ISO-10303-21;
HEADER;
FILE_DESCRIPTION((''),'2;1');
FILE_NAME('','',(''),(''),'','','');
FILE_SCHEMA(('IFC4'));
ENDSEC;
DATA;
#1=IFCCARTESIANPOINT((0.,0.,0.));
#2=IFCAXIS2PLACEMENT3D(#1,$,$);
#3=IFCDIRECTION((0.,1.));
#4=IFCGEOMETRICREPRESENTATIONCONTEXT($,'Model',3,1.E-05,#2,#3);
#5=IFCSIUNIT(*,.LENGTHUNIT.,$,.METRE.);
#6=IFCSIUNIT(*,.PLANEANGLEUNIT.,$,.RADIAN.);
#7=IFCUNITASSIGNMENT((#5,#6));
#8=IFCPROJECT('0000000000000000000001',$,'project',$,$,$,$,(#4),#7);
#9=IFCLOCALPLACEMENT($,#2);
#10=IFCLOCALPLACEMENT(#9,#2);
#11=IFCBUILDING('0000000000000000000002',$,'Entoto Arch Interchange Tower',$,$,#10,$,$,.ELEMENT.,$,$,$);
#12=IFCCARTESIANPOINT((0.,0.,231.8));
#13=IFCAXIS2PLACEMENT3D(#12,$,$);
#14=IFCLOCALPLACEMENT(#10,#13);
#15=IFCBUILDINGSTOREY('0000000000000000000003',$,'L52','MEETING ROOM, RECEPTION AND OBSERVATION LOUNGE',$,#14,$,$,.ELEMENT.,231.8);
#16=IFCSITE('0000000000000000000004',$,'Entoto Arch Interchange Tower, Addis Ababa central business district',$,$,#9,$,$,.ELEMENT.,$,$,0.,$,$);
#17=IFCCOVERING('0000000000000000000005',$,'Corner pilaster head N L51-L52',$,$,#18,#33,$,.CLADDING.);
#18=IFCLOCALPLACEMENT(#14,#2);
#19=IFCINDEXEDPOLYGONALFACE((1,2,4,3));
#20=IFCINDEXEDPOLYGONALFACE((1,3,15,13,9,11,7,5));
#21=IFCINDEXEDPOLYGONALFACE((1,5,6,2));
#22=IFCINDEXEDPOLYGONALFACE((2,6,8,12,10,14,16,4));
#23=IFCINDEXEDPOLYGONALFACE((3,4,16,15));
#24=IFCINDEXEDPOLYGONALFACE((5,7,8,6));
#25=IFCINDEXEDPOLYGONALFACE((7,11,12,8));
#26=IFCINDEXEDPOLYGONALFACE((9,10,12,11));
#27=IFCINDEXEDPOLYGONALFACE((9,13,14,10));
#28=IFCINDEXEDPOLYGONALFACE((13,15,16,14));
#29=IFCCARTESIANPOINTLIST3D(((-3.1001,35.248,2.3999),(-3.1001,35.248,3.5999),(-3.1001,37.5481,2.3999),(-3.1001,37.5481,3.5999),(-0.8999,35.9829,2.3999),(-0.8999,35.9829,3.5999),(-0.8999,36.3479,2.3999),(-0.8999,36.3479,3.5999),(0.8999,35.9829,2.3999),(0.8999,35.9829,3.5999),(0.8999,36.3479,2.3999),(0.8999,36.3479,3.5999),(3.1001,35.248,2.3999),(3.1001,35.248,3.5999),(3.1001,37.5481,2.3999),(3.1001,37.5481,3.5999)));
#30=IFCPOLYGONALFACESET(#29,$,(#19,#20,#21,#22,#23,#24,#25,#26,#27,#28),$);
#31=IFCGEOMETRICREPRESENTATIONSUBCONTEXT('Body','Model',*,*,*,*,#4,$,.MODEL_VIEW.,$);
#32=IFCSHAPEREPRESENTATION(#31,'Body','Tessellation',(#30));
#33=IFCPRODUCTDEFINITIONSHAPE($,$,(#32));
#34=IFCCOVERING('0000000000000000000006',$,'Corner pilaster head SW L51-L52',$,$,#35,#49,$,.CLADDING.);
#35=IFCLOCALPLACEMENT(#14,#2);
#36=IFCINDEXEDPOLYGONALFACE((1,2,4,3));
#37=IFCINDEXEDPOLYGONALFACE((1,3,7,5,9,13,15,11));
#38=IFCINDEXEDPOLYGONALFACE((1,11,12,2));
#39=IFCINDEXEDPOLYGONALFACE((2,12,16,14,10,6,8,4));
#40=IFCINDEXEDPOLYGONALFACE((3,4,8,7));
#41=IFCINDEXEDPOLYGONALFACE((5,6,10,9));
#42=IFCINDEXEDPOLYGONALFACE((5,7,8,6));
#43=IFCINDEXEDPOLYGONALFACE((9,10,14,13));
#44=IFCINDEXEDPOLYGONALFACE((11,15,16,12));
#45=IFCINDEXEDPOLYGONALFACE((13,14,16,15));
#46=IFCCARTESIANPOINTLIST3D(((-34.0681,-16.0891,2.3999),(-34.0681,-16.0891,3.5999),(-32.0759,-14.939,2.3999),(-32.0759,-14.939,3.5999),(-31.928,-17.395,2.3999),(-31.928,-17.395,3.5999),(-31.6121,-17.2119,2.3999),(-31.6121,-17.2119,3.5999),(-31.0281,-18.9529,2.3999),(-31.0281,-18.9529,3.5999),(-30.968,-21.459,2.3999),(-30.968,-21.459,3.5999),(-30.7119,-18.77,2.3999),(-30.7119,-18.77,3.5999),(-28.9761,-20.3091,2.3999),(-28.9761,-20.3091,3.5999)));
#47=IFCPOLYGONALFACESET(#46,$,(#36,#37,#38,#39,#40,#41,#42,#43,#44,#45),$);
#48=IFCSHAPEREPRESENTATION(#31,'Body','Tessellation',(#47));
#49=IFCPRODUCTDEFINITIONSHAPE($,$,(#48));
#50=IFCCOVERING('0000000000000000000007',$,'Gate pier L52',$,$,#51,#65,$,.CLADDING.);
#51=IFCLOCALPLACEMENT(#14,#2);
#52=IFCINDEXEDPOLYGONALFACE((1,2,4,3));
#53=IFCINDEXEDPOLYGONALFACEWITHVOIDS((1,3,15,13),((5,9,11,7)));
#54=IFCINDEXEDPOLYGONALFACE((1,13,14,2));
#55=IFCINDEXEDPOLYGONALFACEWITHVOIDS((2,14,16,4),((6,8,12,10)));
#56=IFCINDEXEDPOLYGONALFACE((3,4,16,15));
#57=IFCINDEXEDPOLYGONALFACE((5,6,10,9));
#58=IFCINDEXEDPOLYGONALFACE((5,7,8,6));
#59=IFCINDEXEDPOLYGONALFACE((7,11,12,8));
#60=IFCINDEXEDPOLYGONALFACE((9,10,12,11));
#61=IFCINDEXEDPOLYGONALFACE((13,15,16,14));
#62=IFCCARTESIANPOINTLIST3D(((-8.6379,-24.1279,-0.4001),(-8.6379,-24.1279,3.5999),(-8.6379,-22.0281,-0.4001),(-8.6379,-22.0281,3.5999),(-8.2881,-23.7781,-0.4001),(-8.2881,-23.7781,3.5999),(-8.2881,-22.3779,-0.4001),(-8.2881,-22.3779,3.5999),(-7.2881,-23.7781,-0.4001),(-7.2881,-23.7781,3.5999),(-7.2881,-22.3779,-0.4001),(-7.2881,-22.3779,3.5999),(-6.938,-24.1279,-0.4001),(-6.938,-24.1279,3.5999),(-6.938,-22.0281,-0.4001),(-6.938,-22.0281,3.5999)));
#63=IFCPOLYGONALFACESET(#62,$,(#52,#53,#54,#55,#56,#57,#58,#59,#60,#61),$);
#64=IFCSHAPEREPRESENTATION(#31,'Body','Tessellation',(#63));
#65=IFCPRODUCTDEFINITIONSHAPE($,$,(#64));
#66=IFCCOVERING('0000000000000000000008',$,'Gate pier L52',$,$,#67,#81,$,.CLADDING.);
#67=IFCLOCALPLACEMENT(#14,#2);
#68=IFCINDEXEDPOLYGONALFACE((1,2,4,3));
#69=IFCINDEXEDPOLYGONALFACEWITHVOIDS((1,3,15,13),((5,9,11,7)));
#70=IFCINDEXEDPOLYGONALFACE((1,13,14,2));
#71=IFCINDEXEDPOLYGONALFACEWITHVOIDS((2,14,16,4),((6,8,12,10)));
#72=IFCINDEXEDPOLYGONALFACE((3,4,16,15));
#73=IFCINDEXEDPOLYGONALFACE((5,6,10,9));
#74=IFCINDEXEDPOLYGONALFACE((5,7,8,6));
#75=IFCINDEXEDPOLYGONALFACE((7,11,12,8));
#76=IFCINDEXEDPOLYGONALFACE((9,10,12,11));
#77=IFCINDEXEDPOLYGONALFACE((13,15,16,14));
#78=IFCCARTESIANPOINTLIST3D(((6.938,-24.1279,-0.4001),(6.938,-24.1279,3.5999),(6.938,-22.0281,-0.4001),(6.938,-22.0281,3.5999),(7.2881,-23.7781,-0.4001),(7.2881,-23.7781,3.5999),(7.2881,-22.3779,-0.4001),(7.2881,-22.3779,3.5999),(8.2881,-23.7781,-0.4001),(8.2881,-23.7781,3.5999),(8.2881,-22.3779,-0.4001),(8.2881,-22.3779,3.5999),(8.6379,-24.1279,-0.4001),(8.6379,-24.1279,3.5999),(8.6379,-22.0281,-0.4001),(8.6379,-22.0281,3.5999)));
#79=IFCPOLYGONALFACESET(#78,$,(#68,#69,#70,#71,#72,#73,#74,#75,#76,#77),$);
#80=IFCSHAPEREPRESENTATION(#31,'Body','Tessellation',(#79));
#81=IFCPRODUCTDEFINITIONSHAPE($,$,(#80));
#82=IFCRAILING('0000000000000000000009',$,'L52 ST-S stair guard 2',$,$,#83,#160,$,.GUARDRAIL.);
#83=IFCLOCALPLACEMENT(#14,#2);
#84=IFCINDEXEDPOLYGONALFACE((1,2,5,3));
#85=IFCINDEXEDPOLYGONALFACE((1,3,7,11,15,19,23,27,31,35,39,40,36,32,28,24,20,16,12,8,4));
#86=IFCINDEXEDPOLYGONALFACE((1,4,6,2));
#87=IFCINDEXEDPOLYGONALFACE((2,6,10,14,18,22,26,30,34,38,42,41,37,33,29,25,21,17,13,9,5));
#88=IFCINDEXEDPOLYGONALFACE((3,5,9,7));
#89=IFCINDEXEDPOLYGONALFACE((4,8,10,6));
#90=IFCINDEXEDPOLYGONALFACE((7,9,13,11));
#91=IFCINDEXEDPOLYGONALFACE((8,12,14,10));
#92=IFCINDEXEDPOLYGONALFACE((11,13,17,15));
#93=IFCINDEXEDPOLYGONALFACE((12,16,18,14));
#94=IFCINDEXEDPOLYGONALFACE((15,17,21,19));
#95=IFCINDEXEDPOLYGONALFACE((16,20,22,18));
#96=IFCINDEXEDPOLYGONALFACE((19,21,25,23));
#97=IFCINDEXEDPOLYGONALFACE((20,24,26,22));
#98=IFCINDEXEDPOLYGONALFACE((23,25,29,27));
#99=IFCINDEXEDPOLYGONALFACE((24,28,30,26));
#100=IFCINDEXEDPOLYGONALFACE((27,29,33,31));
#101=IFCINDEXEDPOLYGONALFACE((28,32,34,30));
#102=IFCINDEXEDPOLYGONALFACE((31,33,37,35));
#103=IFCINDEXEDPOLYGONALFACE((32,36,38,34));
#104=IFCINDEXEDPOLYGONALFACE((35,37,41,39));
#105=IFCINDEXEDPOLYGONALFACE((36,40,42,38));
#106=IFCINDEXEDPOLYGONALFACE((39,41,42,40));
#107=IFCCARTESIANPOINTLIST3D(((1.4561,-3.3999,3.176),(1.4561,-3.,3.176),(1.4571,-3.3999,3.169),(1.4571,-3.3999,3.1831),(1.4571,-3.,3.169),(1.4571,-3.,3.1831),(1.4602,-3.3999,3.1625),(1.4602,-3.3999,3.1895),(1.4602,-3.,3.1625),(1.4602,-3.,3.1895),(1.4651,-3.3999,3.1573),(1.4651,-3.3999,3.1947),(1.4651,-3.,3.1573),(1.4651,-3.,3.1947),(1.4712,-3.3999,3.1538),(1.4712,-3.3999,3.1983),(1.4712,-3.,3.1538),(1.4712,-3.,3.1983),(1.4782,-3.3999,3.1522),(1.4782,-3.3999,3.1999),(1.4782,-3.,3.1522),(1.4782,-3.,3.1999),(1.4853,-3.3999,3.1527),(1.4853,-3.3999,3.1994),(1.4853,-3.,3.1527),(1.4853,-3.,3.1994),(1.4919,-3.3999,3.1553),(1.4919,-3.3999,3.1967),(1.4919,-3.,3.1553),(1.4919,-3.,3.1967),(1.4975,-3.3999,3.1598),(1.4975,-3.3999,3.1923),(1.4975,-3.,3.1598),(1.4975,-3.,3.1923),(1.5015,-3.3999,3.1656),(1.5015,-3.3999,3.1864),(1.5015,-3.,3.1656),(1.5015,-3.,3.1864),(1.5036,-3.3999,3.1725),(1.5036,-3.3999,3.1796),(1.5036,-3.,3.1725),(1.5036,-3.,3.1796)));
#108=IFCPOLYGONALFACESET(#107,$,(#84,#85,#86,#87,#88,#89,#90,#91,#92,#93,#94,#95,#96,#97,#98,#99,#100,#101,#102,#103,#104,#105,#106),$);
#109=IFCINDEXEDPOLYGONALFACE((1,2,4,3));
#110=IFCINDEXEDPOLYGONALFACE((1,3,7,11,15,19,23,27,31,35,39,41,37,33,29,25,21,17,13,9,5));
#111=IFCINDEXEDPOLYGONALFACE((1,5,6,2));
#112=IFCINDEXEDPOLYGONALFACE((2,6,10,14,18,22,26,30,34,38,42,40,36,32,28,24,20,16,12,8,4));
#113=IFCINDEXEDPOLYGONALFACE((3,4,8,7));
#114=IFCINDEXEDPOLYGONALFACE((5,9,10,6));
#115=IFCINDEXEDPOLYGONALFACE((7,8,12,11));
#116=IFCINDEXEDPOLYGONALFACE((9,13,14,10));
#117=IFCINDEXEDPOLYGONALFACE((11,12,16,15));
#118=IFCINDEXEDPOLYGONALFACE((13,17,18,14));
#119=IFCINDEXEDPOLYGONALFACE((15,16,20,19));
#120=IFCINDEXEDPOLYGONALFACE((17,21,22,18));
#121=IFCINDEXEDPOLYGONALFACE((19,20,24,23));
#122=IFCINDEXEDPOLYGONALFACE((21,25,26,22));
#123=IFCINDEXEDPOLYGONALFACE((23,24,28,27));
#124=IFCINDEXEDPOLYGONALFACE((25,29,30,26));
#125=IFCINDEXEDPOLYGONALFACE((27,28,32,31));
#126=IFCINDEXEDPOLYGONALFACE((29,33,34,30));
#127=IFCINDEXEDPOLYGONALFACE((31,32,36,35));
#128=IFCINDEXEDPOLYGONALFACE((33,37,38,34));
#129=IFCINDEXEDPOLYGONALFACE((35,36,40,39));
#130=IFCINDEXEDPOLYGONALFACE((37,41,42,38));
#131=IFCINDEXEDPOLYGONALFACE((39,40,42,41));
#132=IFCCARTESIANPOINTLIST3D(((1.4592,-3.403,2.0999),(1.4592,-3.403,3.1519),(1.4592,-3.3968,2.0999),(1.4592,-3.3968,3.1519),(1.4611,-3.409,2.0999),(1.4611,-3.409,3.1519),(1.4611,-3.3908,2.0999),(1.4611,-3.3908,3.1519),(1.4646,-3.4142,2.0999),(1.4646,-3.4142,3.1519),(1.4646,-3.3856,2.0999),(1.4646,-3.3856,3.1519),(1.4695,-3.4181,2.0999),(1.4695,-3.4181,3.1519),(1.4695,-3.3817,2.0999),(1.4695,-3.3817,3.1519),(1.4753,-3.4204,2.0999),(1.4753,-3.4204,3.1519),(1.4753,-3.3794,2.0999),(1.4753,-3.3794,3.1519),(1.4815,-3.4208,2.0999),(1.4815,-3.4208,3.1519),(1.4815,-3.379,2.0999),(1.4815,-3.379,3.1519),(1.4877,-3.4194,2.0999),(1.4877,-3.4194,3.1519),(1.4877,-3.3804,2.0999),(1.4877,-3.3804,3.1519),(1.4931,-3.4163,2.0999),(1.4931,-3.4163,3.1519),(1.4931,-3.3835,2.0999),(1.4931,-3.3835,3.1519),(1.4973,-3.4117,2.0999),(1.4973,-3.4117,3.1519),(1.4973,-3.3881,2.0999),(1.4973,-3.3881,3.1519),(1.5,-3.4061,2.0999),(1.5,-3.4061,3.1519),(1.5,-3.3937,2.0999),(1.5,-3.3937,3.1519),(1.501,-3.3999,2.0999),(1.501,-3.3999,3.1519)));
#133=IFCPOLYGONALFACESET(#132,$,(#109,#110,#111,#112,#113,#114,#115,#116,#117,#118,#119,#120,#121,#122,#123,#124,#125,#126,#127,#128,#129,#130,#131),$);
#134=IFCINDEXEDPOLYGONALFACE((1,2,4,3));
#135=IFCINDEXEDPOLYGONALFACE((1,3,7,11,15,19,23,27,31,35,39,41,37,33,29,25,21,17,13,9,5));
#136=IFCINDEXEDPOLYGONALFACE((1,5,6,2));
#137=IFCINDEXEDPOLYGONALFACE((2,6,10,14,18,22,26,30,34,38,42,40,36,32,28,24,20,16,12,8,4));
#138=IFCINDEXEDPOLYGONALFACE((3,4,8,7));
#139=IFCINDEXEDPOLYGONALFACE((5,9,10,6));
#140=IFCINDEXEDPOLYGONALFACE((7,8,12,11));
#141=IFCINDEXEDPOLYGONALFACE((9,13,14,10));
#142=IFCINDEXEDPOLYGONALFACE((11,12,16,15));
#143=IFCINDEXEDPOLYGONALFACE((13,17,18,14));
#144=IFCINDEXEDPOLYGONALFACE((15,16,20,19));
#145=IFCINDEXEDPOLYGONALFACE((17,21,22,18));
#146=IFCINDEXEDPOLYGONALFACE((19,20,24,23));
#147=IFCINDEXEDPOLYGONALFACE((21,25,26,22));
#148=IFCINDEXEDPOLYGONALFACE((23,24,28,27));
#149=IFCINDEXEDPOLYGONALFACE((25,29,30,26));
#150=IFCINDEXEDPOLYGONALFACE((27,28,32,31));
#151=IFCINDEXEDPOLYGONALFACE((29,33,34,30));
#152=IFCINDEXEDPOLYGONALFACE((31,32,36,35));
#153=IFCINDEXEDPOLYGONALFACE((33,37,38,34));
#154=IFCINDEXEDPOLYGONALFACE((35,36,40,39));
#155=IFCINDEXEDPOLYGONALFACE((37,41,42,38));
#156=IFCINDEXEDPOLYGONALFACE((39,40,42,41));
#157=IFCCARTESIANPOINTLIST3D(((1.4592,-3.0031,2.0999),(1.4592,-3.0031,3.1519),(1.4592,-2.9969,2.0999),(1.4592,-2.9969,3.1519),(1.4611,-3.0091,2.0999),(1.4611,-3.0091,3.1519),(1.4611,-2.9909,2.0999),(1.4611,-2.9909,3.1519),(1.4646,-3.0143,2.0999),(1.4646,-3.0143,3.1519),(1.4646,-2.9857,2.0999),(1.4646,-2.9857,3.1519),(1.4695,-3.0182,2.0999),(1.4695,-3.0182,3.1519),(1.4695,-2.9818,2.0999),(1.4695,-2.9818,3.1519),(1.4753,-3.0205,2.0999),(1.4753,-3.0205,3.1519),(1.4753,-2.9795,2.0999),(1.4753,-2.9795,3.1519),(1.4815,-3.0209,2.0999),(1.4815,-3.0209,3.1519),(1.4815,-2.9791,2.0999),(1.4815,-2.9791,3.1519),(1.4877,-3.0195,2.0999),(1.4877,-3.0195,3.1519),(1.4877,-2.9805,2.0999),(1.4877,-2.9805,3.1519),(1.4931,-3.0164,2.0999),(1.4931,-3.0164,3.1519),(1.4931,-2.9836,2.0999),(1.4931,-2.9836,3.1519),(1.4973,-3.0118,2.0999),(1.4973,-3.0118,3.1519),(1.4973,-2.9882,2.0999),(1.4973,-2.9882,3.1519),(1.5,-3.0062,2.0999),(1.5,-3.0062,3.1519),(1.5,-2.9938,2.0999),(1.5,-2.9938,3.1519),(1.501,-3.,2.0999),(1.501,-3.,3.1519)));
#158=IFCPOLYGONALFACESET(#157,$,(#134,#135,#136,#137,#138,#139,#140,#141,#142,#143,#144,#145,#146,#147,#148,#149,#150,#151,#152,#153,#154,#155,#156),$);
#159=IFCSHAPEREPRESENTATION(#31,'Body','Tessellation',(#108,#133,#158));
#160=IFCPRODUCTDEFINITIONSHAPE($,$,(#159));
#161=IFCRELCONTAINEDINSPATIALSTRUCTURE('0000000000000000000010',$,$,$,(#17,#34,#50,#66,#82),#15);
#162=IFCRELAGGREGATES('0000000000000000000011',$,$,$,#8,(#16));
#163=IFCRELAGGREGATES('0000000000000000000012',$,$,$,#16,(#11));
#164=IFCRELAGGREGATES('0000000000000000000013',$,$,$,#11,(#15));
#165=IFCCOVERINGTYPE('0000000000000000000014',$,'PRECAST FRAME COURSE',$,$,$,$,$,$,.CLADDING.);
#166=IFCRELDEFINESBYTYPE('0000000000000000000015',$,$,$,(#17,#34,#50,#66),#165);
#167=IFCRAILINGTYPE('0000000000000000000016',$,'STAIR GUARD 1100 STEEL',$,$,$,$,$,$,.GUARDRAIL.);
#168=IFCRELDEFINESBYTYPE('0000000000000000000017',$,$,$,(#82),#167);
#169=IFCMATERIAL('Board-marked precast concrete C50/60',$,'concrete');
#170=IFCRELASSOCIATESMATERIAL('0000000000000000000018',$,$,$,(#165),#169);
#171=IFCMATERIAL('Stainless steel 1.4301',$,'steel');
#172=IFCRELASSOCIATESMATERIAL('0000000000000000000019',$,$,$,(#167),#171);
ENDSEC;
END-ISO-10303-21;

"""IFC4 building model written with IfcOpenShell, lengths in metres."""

from ifc_helpers import new_model, si_unit, direction, frame, origin, origin_2d, place, context, subcontext, project, spatial, polyline, circle, outline, extrude, material, type_object, element, save


model = new_model("IFC4")

# Units and contexts
model_context = context("Model", 3, precision=1e-05, world=origin(), true_north=direction((0.0, 1.0)))
body_context = subcontext(model_context, "Body", "Model", "MODEL_VIEW")
ifc_project = project(units=[si_unit("LENGTHUNIT", "METRE"), si_unit("PLANEANGLEUNIT", "RADIAN")], contexts=[model_context])

# Site, building, storey
site_placement = place(None, origin())
site = spatial("IfcSite", under=ifc_project, at=site_placement, Name="Entoto Arch Interchange Tower, Addis Ababa central business district", CompositionType="ELEMENT", RefElevation=0.0)
building_placement = place(site_placement, origin())
building = spatial("IfcBuilding", under=site, at=building_placement, Name="Entoto Arch Interchange Tower", CompositionType="ELEMENT")
storey_placement = place(building_placement, frame((0.0, 0.0, 231.8)))
storey = spatial("IfcBuildingStorey", under=building, at=storey_placement, Name="L52", Description="MEETING ROOM, RECEPTION AND OBSERVATION LOUNGE", CompositionType="ELEMENT", Elevation=231.8)

# Coverings
ifc_material_1 = material(Name="Board-marked precast concrete C50/60", Category="concrete")
covering_type = type_object("IfcCoveringType", Name="PRECAST FRAME COURSE", PredefinedType="CLADDING", material=ifc_material_1)
covering_1_placement = place(storey_placement, frame((0.0, 0.0, 2.3999)))
element("IfcCovering", 1, at=covering_1_placement, inside=storey, type_object=covering_type, Name="Corner pilaster head N L51-L52", PredefinedType="CLADDING", context=body_context, shape_type="SweptSolid", body=[
    extrude(outline(polyline([(-3.1001, 37.5481), (3.1001, 37.5481), (3.1001, 35.248), (0.8999, 35.9829), (0.8999, 36.3479), (-0.8999, 36.3479), (-0.8999, 35.9829), (-3.1001, 35.248), (-3.1001, 37.5481)])), origin(), (0.0, 0.0, 1.0), 1.2),
])
covering_2_placement = place(storey_placement, frame((0.0, 0.0, 2.3999)))
element("IfcCovering", 2, at=covering_2_placement, inside=storey, type_object=covering_type, Name="Corner pilaster head SW L51-L52", PredefinedType="CLADDING", context=body_context, shape_type="SweptSolid", body=[
    extrude(outline(polyline([(-30.968, -21.459), (-34.0681, -16.0891), (-32.0759, -14.939), (-31.6121, -17.2119), (-31.928, -17.395), (-31.0281, -18.9529), (-30.7119, -18.77), (-28.9761, -20.3091), (-30.968, -21.459)])), origin(), (0.0, 0.0, 1.0), 1.2),
])
covering_3_placement = place(storey_placement, frame((0.0, 0.0, -0.4001)))
element("IfcCovering", 3, at=covering_3_placement, inside=storey, type_object=covering_type, Name="Gate pier L52", PredefinedType="CLADDING", context=body_context, shape_type="SweptSolid", body=[
    extrude(outline(polyline([(-8.6379, -22.0281), (-6.938, -22.0281), (-6.938, -24.1279), (-8.6379, -24.1279), (-8.6379, -22.0281)]), holes=[polyline([(-8.2881, -22.3779), (-8.2881, -23.7781), (-7.2881, -23.7781), (-7.2881, -22.3779), (-8.2881, -22.3779)])]), origin(), (0.0, 0.0, 1.0), 4.0),
])
covering_4_placement = place(storey_placement, frame((0.0, 0.0, -0.4001)))
element("IfcCovering", 4, at=covering_4_placement, inside=storey, type_object=covering_type, Name="Gate pier L52", PredefinedType="CLADDING", context=body_context, shape_type="SweptSolid", body=[
    extrude(outline(polyline([(6.938, -22.0281), (8.6379, -22.0281), (8.6379, -24.1279), (6.938, -24.1279), (6.938, -22.0281)]), holes=[polyline([(7.2881, -22.3779), (7.2881, -23.7781), (8.2881, -23.7781), (8.2881, -22.3779), (7.2881, -22.3779)])]), origin(), (0.0, 0.0, 1.0), 4.0),
])

# Railing
ifc_material_2 = material(Name="Stainless steel 1.4301", Category="steel")
railing_type_1 = type_object("IfcRailingType", Name="STAIR GUARD 1100 STEEL", PredefinedType="GUARDRAIL", material=ifc_material_2)
railing_1_placement = place(storey_placement, frame((1.48, -3.3999, 2.0999)))
element("IfcRailing", 5, at=railing_1_placement, inside=storey, type_object=railing_type_1, Name="L52 ST-S stair guard 2", PredefinedType="GUARDRAIL", context=body_context, shape_type="SweptSolid", body=[
    extrude(circle(Radius=0.0239, at=origin_2d()), frame((0.0, 0.0, 1.0762), z_axis=(0.0, 1.0, 0.0), x_axis=(-1.0, 0.0, 0.0)), (0.0, 0.0, 1.0), 0.3999),
    extrude(circle(Radius=0.021, at=origin_2d()), origin(), (0.0, 0.0, 1.0), 1.052),
    extrude(circle(Radius=0.021, at=origin_2d()), frame((0.0, 0.3999, 0.0)), (0.0, 0.0, 1.0), 1.052),
])

save(model, "model.ifc")
